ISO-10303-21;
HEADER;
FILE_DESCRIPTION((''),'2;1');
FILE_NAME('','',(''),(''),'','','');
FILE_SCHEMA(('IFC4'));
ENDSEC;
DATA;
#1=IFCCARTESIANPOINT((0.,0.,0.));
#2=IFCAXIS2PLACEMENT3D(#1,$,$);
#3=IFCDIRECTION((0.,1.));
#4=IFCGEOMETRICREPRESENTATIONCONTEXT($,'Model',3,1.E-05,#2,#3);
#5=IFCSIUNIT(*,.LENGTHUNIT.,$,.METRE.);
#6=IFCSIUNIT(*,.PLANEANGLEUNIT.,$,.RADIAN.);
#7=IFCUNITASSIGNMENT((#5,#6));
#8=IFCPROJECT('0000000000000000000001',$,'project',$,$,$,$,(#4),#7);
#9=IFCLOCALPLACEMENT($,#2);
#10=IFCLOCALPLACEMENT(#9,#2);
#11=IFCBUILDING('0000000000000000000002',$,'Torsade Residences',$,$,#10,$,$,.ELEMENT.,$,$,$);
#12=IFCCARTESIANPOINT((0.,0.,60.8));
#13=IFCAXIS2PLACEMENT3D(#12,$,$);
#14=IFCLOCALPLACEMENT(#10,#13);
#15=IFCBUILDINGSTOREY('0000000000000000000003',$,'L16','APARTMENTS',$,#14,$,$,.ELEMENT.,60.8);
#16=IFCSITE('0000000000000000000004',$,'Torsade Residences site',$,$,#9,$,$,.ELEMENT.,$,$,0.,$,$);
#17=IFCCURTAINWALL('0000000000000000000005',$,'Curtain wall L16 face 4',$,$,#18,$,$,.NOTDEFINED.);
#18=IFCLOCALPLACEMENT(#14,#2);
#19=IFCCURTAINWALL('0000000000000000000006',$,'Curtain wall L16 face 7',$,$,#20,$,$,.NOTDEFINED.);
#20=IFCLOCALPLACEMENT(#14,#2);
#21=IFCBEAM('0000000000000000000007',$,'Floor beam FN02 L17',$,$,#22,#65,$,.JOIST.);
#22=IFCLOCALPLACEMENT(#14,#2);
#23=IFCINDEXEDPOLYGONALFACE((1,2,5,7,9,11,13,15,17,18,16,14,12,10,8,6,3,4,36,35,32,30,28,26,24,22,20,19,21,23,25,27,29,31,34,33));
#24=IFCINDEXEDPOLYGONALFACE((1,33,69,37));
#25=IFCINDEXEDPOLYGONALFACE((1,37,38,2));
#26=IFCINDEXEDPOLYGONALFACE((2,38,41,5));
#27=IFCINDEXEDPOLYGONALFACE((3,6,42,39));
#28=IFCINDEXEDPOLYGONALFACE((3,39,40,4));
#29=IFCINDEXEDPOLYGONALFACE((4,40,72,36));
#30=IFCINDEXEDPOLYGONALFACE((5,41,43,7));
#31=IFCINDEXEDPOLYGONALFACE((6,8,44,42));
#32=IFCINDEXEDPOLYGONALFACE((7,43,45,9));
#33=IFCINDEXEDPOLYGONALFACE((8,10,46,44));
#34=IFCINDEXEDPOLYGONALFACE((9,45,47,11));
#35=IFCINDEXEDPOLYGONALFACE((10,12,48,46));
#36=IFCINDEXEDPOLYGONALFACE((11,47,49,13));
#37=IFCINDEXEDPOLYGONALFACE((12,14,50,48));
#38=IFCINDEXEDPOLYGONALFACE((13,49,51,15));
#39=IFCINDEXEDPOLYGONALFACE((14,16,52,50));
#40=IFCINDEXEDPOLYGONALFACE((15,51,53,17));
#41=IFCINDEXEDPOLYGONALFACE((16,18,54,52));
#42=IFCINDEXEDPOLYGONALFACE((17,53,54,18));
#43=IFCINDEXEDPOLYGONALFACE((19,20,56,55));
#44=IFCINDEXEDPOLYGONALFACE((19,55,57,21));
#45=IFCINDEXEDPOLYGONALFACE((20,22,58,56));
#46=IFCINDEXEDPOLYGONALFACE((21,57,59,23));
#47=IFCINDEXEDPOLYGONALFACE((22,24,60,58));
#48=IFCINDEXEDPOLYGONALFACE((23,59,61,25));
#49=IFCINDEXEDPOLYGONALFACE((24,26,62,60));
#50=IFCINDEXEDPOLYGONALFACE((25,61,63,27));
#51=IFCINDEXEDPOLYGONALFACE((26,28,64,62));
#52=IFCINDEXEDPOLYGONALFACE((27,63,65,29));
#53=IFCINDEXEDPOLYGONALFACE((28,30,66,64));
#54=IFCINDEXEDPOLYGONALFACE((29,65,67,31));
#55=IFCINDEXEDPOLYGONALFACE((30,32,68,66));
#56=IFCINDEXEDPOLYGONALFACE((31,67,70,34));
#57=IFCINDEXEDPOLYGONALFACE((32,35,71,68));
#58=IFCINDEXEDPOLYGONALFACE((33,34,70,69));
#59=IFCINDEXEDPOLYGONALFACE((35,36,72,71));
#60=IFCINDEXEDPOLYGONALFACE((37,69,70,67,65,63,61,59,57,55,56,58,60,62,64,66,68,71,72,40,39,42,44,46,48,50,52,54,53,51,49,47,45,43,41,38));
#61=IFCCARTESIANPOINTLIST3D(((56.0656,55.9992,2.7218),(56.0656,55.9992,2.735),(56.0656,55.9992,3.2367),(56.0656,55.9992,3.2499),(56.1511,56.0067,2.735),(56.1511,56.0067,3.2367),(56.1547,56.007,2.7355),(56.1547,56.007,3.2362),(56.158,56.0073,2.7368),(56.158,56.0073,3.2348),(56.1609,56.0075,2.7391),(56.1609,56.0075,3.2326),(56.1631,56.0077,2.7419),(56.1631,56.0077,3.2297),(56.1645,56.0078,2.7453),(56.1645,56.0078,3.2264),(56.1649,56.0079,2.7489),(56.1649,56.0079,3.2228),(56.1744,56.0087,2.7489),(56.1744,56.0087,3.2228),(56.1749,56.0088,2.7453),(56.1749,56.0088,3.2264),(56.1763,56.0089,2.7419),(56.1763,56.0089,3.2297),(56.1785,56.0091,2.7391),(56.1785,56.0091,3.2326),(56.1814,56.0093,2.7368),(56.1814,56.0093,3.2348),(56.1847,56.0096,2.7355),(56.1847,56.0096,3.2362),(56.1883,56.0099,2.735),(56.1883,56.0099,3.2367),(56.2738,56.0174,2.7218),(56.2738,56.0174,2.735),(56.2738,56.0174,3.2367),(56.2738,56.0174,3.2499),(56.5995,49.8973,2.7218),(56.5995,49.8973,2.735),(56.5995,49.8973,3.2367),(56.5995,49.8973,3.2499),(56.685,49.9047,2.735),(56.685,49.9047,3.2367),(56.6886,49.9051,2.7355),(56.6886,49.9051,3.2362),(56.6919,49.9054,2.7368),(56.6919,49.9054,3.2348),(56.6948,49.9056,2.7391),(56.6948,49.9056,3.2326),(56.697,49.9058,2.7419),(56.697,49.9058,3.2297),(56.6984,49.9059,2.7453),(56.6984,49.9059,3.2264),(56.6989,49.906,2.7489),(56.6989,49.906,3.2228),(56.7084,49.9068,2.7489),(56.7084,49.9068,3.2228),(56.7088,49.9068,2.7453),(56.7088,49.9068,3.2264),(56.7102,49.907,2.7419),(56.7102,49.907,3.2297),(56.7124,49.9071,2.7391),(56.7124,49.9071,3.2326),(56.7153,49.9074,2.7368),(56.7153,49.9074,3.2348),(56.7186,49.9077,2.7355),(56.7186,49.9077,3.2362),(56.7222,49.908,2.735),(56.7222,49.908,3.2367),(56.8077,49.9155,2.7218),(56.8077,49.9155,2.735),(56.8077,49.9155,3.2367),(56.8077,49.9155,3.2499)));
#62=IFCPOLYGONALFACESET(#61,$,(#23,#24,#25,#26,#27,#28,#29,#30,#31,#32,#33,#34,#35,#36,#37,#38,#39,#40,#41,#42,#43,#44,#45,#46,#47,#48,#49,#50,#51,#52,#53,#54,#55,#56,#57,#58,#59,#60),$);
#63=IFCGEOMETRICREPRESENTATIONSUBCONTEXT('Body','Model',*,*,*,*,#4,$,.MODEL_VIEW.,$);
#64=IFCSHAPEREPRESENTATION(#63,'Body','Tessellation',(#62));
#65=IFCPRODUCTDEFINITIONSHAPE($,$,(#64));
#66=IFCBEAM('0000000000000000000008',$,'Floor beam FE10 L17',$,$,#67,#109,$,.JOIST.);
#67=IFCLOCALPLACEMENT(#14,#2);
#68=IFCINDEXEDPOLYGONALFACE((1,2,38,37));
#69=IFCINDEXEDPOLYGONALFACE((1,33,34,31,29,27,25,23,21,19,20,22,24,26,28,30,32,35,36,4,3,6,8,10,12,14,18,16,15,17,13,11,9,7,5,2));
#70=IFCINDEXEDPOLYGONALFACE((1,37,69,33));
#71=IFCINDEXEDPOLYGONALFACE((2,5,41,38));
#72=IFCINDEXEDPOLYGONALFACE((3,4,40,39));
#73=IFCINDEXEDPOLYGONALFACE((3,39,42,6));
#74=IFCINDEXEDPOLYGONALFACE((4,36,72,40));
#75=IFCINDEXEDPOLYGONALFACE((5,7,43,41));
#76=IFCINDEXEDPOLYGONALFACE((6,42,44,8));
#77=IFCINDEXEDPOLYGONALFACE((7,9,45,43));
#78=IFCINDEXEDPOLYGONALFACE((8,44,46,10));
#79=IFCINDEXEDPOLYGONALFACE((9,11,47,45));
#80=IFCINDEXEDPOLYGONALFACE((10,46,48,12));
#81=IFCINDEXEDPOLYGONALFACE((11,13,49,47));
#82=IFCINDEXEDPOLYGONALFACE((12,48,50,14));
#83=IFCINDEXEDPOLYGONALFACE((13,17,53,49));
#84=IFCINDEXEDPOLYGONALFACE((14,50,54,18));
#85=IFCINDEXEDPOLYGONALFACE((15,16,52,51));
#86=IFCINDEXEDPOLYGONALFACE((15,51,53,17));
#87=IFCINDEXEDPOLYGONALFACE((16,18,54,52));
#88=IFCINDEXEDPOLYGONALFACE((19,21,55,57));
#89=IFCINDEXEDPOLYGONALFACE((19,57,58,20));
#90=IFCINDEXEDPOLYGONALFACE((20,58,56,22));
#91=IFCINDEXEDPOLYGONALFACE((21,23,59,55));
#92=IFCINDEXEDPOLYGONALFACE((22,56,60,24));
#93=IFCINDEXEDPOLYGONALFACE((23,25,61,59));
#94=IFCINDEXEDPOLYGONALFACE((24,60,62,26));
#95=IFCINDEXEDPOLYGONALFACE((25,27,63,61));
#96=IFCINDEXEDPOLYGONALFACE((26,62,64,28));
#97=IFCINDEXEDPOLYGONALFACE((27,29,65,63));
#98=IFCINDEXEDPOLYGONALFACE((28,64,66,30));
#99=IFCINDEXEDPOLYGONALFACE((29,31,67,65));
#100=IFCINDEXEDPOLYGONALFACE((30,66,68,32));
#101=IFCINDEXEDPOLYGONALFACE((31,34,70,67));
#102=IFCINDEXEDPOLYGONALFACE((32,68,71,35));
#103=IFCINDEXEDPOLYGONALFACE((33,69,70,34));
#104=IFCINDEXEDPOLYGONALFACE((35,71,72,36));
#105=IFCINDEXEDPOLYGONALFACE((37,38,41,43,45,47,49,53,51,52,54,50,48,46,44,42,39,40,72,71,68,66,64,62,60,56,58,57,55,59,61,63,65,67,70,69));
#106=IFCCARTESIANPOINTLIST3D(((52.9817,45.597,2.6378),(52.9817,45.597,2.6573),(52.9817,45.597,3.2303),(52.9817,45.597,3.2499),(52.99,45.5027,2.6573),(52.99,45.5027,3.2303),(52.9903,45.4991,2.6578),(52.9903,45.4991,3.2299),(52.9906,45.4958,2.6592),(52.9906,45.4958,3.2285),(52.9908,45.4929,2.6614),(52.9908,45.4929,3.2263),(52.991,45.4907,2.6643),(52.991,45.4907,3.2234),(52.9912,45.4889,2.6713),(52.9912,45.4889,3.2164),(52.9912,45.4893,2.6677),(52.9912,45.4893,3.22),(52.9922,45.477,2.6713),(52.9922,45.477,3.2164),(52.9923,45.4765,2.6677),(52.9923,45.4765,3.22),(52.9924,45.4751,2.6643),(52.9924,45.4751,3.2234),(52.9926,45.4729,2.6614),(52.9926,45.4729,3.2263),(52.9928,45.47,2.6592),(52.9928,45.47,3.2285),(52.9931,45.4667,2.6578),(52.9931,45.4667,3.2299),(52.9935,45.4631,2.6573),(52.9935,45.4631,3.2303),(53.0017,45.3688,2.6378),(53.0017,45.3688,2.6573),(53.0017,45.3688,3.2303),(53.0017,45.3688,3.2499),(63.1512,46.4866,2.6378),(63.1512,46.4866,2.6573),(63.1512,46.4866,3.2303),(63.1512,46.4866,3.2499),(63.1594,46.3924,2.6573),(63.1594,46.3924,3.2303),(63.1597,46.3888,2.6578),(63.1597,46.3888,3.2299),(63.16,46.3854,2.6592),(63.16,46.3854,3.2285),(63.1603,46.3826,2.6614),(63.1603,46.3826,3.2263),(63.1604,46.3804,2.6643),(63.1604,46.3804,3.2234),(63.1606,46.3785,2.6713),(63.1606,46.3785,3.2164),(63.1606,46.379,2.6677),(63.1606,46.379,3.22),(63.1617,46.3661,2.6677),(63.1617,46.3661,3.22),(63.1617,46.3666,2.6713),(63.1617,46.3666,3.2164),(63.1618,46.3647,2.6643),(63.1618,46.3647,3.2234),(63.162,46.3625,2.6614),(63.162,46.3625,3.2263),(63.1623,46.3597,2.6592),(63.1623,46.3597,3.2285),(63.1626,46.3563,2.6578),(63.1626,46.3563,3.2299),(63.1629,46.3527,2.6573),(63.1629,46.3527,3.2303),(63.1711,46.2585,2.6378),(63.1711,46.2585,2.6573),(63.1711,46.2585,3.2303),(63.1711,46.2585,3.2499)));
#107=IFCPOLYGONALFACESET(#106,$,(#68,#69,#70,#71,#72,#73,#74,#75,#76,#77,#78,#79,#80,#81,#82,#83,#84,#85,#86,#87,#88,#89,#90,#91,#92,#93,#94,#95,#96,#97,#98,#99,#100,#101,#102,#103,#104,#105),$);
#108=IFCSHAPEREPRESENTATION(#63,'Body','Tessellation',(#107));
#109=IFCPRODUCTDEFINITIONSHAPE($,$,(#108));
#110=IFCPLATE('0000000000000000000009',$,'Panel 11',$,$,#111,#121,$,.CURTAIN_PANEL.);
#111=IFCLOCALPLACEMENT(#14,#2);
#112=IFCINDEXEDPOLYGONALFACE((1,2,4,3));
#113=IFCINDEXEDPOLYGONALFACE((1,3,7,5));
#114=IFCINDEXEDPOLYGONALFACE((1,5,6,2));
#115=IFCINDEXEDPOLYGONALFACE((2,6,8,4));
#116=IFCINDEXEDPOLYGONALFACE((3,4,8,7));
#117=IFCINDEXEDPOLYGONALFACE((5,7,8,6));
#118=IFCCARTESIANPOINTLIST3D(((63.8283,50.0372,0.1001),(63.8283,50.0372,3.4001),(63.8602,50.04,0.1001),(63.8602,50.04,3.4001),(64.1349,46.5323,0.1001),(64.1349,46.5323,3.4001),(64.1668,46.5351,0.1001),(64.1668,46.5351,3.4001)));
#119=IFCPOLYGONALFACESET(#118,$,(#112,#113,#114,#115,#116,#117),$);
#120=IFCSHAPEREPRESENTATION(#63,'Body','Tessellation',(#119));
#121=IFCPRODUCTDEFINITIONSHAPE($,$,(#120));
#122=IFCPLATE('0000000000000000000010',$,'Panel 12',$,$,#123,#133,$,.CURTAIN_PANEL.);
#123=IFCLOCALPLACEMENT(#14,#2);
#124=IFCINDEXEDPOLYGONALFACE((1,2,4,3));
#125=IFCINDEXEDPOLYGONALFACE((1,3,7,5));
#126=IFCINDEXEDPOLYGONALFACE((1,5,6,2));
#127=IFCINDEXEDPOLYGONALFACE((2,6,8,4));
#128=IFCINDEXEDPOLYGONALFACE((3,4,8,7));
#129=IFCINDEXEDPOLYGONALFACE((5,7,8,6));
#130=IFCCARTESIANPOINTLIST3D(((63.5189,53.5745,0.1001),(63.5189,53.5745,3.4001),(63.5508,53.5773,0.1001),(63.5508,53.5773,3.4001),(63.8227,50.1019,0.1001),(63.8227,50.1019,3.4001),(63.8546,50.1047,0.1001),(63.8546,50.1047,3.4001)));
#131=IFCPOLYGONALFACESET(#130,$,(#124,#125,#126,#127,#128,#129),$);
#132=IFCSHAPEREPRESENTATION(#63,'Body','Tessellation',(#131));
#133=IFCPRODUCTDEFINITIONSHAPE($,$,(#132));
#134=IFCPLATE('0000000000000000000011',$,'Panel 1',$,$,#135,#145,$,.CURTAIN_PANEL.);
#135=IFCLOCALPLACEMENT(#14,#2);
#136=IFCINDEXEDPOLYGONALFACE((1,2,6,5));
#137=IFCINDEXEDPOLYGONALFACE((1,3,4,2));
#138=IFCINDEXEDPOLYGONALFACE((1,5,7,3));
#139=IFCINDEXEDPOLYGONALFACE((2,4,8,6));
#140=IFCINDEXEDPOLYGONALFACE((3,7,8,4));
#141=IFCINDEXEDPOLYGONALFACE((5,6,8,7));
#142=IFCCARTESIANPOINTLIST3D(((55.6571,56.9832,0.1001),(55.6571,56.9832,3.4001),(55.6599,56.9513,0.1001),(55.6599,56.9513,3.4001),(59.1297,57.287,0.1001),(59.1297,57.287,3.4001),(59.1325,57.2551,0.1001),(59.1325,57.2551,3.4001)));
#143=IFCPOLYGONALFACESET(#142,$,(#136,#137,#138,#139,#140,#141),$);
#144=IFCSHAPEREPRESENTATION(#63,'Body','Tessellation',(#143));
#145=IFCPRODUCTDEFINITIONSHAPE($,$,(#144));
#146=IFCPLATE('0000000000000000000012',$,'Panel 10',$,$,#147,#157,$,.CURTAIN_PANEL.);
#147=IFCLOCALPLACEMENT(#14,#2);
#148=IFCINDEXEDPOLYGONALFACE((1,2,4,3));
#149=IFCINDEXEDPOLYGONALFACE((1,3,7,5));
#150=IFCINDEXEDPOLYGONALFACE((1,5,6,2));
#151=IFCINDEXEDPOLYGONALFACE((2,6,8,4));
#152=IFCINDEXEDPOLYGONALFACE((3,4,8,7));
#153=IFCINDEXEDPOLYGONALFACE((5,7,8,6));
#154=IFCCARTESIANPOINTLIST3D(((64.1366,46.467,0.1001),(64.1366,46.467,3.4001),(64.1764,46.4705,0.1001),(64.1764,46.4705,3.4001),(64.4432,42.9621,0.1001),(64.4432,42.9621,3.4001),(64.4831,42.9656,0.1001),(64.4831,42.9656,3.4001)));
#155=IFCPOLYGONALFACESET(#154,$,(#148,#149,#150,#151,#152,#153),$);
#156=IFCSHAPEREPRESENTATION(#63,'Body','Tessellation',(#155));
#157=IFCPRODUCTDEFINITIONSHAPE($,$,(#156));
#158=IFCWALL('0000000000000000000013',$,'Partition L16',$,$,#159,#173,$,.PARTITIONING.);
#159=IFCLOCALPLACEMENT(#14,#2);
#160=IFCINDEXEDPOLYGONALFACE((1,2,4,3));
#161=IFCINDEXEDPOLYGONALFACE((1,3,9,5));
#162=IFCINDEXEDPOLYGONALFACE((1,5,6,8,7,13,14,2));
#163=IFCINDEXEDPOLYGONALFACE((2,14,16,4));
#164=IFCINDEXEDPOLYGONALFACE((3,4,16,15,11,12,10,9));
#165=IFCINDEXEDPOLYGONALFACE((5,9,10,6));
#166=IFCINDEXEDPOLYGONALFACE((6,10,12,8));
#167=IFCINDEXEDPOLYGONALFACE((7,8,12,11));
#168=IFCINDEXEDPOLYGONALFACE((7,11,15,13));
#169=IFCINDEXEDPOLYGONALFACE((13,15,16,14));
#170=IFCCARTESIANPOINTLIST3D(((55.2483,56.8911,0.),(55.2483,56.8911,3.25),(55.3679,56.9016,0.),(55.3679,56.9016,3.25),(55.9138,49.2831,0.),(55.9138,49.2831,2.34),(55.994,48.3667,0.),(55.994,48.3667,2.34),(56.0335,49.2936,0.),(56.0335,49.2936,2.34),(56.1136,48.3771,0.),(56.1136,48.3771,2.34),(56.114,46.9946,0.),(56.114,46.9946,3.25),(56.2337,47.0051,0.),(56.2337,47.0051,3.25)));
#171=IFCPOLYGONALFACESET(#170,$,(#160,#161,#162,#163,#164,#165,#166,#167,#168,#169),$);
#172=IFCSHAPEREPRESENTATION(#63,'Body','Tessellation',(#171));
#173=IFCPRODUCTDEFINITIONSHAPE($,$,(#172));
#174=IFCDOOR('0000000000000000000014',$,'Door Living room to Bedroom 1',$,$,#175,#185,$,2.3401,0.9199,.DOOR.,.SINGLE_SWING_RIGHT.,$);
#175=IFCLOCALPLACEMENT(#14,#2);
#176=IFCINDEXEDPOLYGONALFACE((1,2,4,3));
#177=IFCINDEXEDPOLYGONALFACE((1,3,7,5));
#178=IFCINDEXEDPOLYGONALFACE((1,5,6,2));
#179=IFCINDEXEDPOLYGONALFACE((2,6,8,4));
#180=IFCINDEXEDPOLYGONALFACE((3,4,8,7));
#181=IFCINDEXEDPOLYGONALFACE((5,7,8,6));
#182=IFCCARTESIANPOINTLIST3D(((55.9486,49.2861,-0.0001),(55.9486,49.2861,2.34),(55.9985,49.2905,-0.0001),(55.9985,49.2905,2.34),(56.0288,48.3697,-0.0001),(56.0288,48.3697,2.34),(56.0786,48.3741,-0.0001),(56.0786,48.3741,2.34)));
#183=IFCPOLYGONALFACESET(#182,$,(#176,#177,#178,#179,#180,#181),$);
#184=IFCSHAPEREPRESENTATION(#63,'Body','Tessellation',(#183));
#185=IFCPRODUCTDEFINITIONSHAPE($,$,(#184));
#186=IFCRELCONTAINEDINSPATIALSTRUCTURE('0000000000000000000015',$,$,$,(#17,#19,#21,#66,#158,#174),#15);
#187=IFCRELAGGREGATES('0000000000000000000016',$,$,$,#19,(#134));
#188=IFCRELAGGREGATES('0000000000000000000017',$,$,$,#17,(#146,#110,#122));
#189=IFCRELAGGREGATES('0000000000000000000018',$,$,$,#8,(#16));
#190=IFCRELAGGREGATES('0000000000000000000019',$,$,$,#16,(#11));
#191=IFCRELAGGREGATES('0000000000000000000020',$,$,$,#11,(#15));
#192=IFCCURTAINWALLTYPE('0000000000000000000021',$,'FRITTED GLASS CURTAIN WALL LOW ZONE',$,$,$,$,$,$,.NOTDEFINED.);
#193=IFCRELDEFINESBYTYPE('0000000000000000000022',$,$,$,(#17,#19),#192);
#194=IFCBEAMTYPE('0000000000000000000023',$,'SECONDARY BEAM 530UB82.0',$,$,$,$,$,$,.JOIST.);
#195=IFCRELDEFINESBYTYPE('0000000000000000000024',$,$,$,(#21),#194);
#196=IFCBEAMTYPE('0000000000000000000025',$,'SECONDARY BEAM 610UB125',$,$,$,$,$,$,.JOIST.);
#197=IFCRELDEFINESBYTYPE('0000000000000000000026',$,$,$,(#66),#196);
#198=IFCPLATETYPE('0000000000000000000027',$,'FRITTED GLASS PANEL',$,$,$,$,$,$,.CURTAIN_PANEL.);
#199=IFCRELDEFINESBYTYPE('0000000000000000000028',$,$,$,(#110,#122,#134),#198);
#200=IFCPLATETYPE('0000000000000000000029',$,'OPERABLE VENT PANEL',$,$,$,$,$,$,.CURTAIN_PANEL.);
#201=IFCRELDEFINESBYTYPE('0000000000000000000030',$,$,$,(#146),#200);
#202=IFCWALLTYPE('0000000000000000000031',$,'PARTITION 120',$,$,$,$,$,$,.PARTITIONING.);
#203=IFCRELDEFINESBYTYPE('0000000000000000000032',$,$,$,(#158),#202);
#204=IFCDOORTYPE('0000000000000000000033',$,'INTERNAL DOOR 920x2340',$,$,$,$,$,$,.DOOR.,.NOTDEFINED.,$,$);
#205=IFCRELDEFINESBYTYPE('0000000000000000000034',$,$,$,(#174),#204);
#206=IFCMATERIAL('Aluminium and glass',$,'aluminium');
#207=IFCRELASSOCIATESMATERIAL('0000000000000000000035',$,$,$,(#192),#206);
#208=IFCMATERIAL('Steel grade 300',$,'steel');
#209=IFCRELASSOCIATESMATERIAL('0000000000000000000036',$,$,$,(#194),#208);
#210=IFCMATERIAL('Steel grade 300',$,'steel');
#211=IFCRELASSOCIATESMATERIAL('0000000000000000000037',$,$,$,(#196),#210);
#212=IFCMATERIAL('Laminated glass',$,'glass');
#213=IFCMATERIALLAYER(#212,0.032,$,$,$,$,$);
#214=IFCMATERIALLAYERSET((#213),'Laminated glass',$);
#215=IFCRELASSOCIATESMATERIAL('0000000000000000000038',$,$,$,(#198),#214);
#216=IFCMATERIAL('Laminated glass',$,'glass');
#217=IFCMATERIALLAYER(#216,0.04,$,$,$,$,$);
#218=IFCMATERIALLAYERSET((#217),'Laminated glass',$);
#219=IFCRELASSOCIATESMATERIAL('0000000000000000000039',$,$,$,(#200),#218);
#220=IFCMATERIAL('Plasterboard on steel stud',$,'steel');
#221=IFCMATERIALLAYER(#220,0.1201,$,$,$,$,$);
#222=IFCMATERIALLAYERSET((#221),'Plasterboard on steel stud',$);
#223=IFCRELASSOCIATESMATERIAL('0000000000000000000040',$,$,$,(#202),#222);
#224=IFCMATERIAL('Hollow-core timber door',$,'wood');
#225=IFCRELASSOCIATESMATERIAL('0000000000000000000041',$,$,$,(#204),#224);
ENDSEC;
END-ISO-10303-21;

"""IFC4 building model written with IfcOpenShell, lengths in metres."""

from ifc_helpers import new_model, si_unit, direction, frame, frame_2d, origin, origin_2d, place, context, subcontext, project, spatial, rectangle, i_section, extrude, material, layer, layer_set, material_profile, profile_set, type_object, element, fill, aggregate, save


model = new_model("IFC4")

# Units and contexts
model_context = context("Model", 3, precision=1e-05, world=origin(), true_north=direction((0.0, 1.0)))
body_context = subcontext(model_context, "Body", "Model", "MODEL_VIEW")
ifc_project = project(units=[si_unit("LENGTHUNIT", "METRE"), si_unit("PLANEANGLEUNIT", "RADIAN")], contexts=[model_context])

# Site, building, storey
site_placement = place(None, origin())
site = spatial("IfcSite", under=ifc_project, at=site_placement, Name="Torsade Residences site", CompositionType="ELEMENT", RefElevation=0.0)
building_placement = place(site_placement, origin())
building = spatial("IfcBuilding", under=site, at=building_placement, Name="Torsade Residences", CompositionType="ELEMENT")
storey_placement = place(building_placement, frame((0.0, 0.0, 60.8)))
storey = spatial("IfcBuildingStorey", under=building, at=storey_placement, Name="L16", Description="APARTMENTS", CompositionType="ELEMENT", Elevation=60.8)

# Curtain walls
ifc_material_1 = material(Name="Aluminium and glass", Category="aluminium")
curtain_wall_type = type_object("IfcCurtainWallType", Name="FRITTED GLASS CURTAIN WALL LOW ZONE", PredefinedType="NOTDEFINED", material=ifc_material_1)
curtain_wall_1_placement = place(storey_placement, origin())
curtain_wall_1 = element("IfcCurtainWall", 1, at=curtain_wall_1_placement, inside=storey, type_object=curtain_wall_type, Name="Curtain wall L16 face 4", PredefinedType="NOTDEFINED")
curtain_wall_2_placement = place(storey_placement, origin())
curtain_wall_2 = element("IfcCurtainWall", 2, at=curtain_wall_2_placement, inside=storey, type_object=curtain_wall_type, Name="Curtain wall L16 face 7", PredefinedType="NOTDEFINED")

# Beams
ifc_material_2 = material(Name="Steel grade 300", Category="steel")
ifc_material_profile_1 = material_profile(ifc_material_2, i_section(OverallWidth=0.209, OverallDepth=0.5281, WebThickness=0.0095, FlangeThickness=0.0132, FilletRadius=0.0139, at=origin_2d()), Name="530UB82.0")
ifc_profile_set_1 = profile_set([ifc_material_profile_1], Name="Steel grade 300")
beam_type_1 = type_object("IfcBeamType", Name="SECONDARY BEAM 530UB82.0", PredefinedType="JOIST", material=ifc_profile_set_1)
beam_1_placement = place(storey_placement, frame((56.1697, 56.0083, 2.9858), z_axis=(0.087171, -0.996193, 0.0), x_axis=(0.996193, 0.087171, 0.0)))
element("IfcBeam", 3, at=beam_1_placement, inside=storey, type_object=beam_type_1, Name="Floor beam FN02 L17", PredefinedType="JOIST", context=body_context, shape_type="SweptSolid", body=[
    extrude(i_section(OverallWidth=0.209, OverallDepth=0.5281, WebThickness=0.0095, FlangeThickness=0.0132, FilletRadius=0.0139, at=origin_2d()), origin(), (0.0, 0.0, 1.0), 6.1252),
])
ifc_material_3 = material(Name="Steel grade 300", Category="steel")
ifc_material_profile_2 = material_profile(ifc_material_3, i_section(OverallWidth=0.229, OverallDepth=0.6121, WebThickness=0.012, FlangeThickness=0.0195, FilletRadius=0.0139, at=origin_2d()), Name="610UB125")
ifc_profile_set_2 = profile_set([ifc_material_profile_2], Name="Steel grade 300")
beam_type_2 = type_object("IfcBeamType", Name="SECONDARY BEAM 610UB125", PredefinedType="JOIST", material=ifc_profile_set_2)
beam_2_placement = place(storey_placement, frame((63.1611, 46.3726, 2.9438), z_axis=(-0.996195, -0.08715, 0.0), x_axis=(0.08715, -0.996195, 0.0)))
element("IfcBeam", 4, at=beam_2_placement, inside=storey, type_object=beam_type_2, Name="Floor beam FE10 L17", PredefinedType="JOIST", context=body_context, shape_type="SweptSolid", body=[
    extrude(i_section(OverallWidth=0.229, OverallDepth=0.6121, WebThickness=0.012, FlangeThickness=0.0195, FilletRadius=0.0139, at=origin_2d()), origin(), (0.0, 0.0, 1.0), 10.2083),
])

# Plates
ifc_material_4 = material(Name="Laminated glass", Category="glass")
ifc_layer_1 = layer(ifc_material_4, 0.032)
ifc_layer_set_1 = layer_set([ifc_layer_1], Name="Laminated glass")
plate_type_1 = type_object("IfcPlateType", Name="FRITTED GLASS PANEL", PredefinedType="CURTAIN_PANEL", material=ifc_layer_set_1)
plate_1_placement = place(storey_placement, frame((63.9976, 48.2861, 0.1001), z_axis=(0.0, 0.0, 1.0), x_axis=(-0.087156, 0.996195, 0.0)))
plate_1 = element("IfcPlate", 5, at=plate_1_placement, type_object=plate_type_1, Name="Panel 11", PredefinedType="CURTAIN_PANEL", context=body_context, shape_type="SweptSolid", body=[
    extrude(rectangle(XDim=3.5183, YDim=0.032, at=origin_2d()), origin(), (0.0, 0.0, 1.0), 3.3),
])
plate_2_placement = place(storey_placement, frame((63.6868, 51.8396, 0.1001), z_axis=(0.0, 0.0, 1.0), x_axis=(-0.087156, 0.996195, 0.0)))
plate_2 = element("IfcPlate", 6, at=plate_2_placement, type_object=plate_type_1, Name="Panel 12", PredefinedType="CURTAIN_PANEL", context=body_context, shape_type="SweptSolid", body=[
    extrude(rectangle(XDim=3.4858, YDim=0.032, at=origin_2d()), origin(), (0.0, 0.0, 1.0), 3.3),
])
plate_3_placement = place(storey_placement, frame((57.3948, 57.1191, 0.1001), z_axis=(0.0, 0.0, 1.0), x_axis=(-0.996195, -0.087156, 0.0)))
plate_3 = element("IfcPlate", 7, at=plate_3_placement, type_object=plate_type_1, Name="Panel 1", PredefinedType="CURTAIN_PANEL", context=body_context, shape_type="SweptSolid", body=[
    extrude(rectangle(XDim=3.4858, YDim=0.032, at=origin_2d()), origin(), (0.0, 0.0, 1.0), 3.3),
])
aggregate(curtain_wall_2, [plate_3])
ifc_material_5 = material(Name="Laminated glass", Category="glass")
ifc_layer_2 = layer(ifc_material_5, 0.04)
ifc_layer_set_2 = layer_set([ifc_layer_2], Name="Laminated glass")
plate_type_2 = type_object("IfcPlateType", Name="OPERABLE VENT PANEL", PredefinedType="CURTAIN_PANEL", material=ifc_layer_set_2)
plate_4_placement = place(storey_placement, frame((64.3098, 44.7163, 0.1001), z_axis=(0.0, 0.0, 1.0), x_axis=(-0.087156, 0.996195, 0.0)))
plate_4 = element("IfcPlate", 8, at=plate_4_placement, type_object=plate_type_2, Name="Panel 10", PredefinedType="CURTAIN_PANEL", context=body_context, shape_type="SweptSolid", body=[
    extrude(rectangle(XDim=3.5183, YDim=0.04, at=origin_2d()), origin(), (0.0, 0.0, 1.0), 3.3),
])
aggregate(curtain_wall_1, [plate_4, plate_1, plate_2])

# Wall, opening, door
ifc_material_6 = material(Name="Plasterboard on steel stud", Category="steel")
ifc_layer_3 = layer(ifc_material_6, 0.1201)
ifc_layer_set_3 = layer_set([ifc_layer_3], Name="Plasterboard on steel stud")
wall_type_1 = type_object("IfcWallType", Name="PARTITION 120", PredefinedType="PARTITIONING", material=ifc_layer_set_3)
wall_1_placement = place(storey_placement, frame((55.3081, 56.8965, 0.0), z_axis=(0.0, 0.0, 1.0), x_axis=(0.087145, -0.996196, 0.0)))
wall_1 = element("IfcWall", 9, at=wall_1_placement, inside=storey, type_object=wall_type_1, Name="Partition L16", PredefinedType="PARTITIONING", context=body_context, shape_type="SweptSolid", body=[
    extrude(rectangle(XDim=9.9343, YDim=0.1201, at=frame_2d((4.9673, 0.0))), origin(), (0.0, 0.0, 1.0), 3.25),
])
opening_1_placement = place(wall_1_placement, frame((7.6372, 0.0, 0.0)))
opening_1 = element("IfcOpeningElement", 10, at=opening_1_placement, cuts=wall_1, PredefinedType="OPENING", context=body_context, shape_type="SweptSolid", body=[
    extrude(rectangle(XDim=0.9199, YDim=2.3401, at=frame_2d((0.46, 1.1699))), frame((0.0, 0.0701, 0.0), z_axis=(0.0, -1.0, 0.0), x_axis=(1.0, 0.0, 0.0)), (0.0, 0.0, 1.0), 0.1401),
])
ifc_material_7 = material(Name="Hollow-core timber door", Category="wood")
door_type_1 = type_object("IfcDoorType", Name="INTERNAL DOOR 920x2340", OperationType="NOTDEFINED", PredefinedType="DOOR", material=ifc_material_7)
door_1_placement = place(opening_1_placement, origin())
door_1 = element("IfcDoor", 11, at=door_1_placement, inside=storey, type_object=door_type_1, Name="Door Living room to Bedroom 1", OperationType="SINGLE_SWING_RIGHT", OverallHeight=2.3401, OverallWidth=0.9199, PredefinedType="DOOR", context=body_context, shape_type="SweptSolid", body=[
    extrude(rectangle(XDim=0.9199, YDim=2.3401, at=frame_2d((0.46, 1.1699))), frame((0.0, 0.0249, 0.0), z_axis=(0.0, -1.0, 0.0), x_axis=(1.0, 0.0, 0.0)), (0.0, 0.0, 1.0), 0.05),
])
fill(opening_1, door_1)

save(model, "model.ifc")
